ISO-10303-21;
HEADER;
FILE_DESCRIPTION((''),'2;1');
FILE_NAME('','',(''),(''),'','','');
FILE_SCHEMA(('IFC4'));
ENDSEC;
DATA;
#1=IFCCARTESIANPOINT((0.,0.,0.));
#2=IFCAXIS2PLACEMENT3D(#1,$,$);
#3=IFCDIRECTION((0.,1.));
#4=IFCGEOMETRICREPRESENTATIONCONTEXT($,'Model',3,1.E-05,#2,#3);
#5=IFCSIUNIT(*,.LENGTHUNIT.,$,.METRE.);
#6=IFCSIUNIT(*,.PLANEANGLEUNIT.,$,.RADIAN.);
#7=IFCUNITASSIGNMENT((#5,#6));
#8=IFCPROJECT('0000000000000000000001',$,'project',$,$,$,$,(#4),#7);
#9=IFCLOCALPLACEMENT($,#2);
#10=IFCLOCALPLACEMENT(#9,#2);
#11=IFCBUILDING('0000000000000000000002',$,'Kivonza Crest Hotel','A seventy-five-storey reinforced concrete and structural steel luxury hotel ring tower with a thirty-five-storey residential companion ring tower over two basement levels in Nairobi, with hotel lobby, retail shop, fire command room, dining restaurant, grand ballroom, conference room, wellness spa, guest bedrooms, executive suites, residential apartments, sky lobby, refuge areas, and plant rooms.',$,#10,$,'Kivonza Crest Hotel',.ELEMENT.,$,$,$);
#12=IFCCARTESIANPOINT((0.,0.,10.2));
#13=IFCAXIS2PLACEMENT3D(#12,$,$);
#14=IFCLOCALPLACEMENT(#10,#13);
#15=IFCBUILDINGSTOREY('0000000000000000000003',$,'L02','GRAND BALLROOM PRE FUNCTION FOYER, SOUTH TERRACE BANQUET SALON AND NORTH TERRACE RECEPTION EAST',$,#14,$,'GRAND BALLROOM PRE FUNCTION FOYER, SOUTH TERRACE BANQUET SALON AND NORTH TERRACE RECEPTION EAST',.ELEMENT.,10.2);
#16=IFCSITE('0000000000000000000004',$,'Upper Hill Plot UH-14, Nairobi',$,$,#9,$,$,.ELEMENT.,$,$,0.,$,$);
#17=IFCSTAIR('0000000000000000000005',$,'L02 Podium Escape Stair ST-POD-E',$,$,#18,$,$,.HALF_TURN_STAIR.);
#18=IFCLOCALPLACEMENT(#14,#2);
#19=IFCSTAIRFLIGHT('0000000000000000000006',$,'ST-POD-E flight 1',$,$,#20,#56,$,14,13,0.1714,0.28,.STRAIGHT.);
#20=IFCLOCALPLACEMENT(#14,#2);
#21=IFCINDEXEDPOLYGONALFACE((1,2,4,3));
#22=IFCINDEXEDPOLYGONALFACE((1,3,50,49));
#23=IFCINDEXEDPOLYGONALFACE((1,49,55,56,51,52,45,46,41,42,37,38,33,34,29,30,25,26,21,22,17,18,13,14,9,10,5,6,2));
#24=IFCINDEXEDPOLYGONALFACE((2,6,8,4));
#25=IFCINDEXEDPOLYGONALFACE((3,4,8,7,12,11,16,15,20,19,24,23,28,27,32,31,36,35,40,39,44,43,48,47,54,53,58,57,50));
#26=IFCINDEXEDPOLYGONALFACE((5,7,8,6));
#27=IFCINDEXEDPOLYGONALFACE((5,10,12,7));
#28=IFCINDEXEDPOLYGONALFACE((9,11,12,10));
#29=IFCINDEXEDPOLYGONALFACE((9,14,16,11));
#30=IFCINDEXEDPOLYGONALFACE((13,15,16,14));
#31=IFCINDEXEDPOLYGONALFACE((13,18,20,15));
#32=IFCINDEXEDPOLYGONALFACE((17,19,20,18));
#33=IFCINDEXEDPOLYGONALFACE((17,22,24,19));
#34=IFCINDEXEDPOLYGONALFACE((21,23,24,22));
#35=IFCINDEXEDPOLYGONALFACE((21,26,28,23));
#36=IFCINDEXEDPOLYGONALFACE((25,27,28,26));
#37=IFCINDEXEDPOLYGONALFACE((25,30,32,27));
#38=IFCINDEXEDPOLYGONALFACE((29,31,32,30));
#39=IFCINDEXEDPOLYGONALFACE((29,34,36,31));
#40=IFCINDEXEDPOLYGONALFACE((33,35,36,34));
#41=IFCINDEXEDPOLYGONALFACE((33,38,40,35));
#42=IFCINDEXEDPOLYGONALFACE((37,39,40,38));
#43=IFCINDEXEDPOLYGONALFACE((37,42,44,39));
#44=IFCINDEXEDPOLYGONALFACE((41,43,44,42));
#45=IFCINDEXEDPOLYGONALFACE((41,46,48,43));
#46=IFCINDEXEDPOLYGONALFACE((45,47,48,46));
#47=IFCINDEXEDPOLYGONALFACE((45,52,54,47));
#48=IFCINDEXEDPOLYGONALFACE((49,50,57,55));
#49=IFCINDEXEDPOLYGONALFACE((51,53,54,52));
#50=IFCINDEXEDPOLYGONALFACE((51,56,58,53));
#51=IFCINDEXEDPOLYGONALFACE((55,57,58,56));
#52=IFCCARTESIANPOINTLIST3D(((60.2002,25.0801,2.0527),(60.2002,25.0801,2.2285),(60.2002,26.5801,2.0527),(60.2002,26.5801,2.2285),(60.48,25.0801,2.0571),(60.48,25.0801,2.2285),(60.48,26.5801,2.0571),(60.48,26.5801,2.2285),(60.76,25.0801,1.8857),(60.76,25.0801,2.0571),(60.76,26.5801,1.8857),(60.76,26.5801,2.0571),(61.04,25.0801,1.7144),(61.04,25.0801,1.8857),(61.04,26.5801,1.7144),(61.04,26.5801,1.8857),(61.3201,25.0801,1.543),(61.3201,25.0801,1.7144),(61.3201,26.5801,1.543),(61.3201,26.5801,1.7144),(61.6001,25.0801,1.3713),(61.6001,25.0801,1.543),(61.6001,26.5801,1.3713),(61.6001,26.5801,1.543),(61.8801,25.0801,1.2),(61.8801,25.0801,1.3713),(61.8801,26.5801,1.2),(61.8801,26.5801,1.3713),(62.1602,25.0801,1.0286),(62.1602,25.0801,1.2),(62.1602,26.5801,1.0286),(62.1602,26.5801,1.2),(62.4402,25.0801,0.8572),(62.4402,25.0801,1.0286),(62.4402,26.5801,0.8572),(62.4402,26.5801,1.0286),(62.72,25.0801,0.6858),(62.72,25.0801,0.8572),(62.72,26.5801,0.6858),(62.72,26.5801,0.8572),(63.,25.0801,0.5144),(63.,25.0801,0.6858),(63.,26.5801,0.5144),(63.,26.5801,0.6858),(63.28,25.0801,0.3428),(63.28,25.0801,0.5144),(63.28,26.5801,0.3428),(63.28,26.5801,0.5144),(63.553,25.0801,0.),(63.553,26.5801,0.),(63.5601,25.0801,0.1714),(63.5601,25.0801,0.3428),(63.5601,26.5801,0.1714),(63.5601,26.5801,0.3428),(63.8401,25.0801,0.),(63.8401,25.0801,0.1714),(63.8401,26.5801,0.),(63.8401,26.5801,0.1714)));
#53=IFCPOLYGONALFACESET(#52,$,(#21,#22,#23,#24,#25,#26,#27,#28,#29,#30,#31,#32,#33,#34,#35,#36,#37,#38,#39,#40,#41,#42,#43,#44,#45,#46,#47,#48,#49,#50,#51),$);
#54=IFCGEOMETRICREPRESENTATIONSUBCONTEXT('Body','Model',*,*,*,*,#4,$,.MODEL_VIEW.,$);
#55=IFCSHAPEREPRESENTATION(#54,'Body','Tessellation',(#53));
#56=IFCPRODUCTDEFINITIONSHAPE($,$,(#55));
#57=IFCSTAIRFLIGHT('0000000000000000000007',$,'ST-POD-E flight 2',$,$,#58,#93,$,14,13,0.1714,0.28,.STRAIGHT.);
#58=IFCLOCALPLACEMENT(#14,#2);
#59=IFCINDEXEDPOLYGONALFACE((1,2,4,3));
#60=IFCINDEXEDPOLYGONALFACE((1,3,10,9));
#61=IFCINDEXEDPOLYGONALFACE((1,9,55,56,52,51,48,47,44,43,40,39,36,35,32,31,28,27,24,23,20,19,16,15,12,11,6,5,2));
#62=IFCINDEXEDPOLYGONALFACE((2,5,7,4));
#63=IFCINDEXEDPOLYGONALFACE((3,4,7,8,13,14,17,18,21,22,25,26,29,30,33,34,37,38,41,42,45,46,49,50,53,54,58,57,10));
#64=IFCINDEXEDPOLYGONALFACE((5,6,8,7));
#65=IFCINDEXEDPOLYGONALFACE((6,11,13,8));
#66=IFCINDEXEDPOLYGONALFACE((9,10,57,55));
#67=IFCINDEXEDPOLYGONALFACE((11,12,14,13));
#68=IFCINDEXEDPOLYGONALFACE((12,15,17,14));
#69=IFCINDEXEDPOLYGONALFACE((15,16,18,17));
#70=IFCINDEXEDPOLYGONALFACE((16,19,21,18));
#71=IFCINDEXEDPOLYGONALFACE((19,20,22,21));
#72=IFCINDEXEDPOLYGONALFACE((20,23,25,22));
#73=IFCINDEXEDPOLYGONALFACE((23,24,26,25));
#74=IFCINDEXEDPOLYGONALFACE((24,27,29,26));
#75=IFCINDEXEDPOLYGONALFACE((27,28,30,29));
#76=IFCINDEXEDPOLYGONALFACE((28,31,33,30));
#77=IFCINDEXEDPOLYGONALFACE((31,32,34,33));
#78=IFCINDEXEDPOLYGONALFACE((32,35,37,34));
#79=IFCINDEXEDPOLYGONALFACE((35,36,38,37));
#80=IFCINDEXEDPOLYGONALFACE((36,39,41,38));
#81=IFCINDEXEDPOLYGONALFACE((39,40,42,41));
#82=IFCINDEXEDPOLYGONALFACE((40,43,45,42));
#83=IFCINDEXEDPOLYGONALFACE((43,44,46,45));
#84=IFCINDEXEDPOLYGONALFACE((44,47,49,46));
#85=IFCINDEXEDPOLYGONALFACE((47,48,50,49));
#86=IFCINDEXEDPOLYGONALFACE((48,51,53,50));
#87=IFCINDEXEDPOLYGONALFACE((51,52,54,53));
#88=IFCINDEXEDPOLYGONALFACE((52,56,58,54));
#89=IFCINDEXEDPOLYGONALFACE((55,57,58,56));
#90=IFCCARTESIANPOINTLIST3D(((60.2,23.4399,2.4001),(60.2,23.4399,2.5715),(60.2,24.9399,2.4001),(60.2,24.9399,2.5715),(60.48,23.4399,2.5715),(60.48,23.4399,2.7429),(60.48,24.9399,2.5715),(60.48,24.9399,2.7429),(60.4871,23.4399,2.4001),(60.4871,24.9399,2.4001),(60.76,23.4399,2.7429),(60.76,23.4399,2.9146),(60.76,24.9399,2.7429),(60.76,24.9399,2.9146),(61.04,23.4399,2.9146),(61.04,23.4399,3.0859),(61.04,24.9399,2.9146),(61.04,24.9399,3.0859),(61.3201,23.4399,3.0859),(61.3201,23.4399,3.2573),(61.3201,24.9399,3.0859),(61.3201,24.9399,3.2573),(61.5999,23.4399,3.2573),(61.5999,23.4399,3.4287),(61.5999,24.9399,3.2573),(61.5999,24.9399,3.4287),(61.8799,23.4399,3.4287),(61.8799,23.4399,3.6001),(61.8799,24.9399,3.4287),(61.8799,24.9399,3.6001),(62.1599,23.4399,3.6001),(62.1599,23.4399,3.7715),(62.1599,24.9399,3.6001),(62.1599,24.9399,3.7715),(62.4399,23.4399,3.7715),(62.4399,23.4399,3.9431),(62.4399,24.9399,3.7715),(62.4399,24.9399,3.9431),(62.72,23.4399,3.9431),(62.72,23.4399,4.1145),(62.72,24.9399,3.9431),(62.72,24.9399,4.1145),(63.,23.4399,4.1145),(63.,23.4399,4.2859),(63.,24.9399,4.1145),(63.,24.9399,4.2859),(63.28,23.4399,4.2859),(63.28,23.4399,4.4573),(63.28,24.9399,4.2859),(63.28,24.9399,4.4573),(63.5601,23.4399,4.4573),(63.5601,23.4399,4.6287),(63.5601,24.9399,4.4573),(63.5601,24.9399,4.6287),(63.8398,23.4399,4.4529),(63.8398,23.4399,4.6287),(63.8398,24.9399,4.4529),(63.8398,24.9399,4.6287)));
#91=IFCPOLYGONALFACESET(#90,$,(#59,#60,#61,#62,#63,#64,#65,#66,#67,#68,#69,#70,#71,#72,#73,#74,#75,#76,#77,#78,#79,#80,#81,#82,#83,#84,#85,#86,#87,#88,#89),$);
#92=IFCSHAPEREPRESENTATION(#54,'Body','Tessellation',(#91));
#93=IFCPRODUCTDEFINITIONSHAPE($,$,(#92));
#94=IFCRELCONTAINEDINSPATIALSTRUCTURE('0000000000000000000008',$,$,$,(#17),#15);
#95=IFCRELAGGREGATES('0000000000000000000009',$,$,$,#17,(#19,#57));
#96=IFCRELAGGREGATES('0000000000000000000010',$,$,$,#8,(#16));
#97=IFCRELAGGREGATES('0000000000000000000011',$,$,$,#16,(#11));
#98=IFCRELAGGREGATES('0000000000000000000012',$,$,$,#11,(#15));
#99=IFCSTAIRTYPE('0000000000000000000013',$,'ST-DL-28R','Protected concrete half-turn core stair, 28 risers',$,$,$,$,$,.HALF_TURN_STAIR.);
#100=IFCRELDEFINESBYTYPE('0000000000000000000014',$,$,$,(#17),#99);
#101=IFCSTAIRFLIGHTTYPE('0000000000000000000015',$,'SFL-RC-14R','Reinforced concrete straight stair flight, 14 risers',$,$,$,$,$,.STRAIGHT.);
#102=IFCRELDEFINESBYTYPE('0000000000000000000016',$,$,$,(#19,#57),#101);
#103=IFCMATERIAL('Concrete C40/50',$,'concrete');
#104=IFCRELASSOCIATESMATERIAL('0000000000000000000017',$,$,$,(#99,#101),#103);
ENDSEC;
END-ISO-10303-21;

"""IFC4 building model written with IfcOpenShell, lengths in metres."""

from ifc_helpers import new_model, si_unit, direction, frame, origin, place, context, subcontext, project, spatial, polyline, outline, extrude, material, type_object, element, aggregate, save


model = new_model("IFC4")

# Units and contexts
model_context = context("Model", 3, precision=1e-05, world=origin(), true_north=direction((0.0, 1.0)))
body_context = subcontext(model_context, "Body", "Model", "MODEL_VIEW")
ifc_project = project(units=[si_unit("LENGTHUNIT", "METRE"), si_unit("PLANEANGLEUNIT", "RADIAN")], contexts=[model_context])

# Site, building, storey
site_placement = place(None, origin())
site = spatial("IfcSite", under=ifc_project, at=site_placement, Name="Upper Hill Plot UH-14, Nairobi", CompositionType="ELEMENT", RefElevation=0.0)
building_placement = place(site_placement, origin())
building = spatial("IfcBuilding", under=site, at=building_placement, Name="Kivonza Crest Hotel", Description="A seventy-five-storey reinforced concrete and structural steel luxury hotel ring tower with a thirty-five-storey residential companion ring tower over two basement levels in Nairobi, with hotel lobby, retail shop, fire command room, dining restaurant, grand ballroom, conference room, wellness spa, guest bedrooms, executive suites, residential apartments, sky lobby, refuge areas, and plant rooms.", LongName="Kivonza Crest Hotel", CompositionType="ELEMENT")
storey_placement = place(building_placement, frame((0.0, 0.0, 10.2)))
storey = spatial("IfcBuildingStorey", under=building, at=storey_placement, Name="L02", Description="GRAND BALLROOM PRE FUNCTION FOYER, SOUTH TERRACE BANQUET SALON AND NORTH TERRACE RECEPTION EAST", LongName="GRAND BALLROOM PRE FUNCTION FOYER, SOUTH TERRACE BANQUET SALON AND NORTH TERRACE RECEPTION EAST", CompositionType="ELEMENT", Elevation=10.2)

# Shared definitions
ifc_material_1 = material(Name="Concrete C40/50", Category="concrete")
stair_type = type_object("IfcStairType", Name="ST-DL-28R", Description="Protected concrete half-turn core stair, 28 risers", PredefinedType="HALF_TURN_STAIR", material=ifc_material_1)
stair_flight_type = type_object("IfcStairFlightType", Name="SFL-RC-14R", Description="Reinforced concrete straight stair flight, 14 risers", PredefinedType="STRAIGHT", material=ifc_material_1)

# Stair, stair flights
stair_1_placement = place(storey_placement, origin())
stair_1 = element("IfcStair", 1, at=stair_1_placement, inside=storey, type_object=stair_type, Name="L02 Podium Escape Stair ST-POD-E", PredefinedType="HALF_TURN_STAIR")
stair_flight_1_placement = place(storey_placement, frame((63.8401, 25.8301, 0.0), z_axis=(0.0, 0.0, 1.0), x_axis=(-1.0, 0.0, 0.0)))
stair_flight_1 = element("IfcStairFlight", 2, at=stair_flight_1_placement, type_object=stair_flight_type, Name="ST-POD-E flight 1", NumberOfRisers=14, NumberOfTreads=13, PredefinedType="STRAIGHT", RiserHeight=0.1714, TreadLength=0.28, context=body_context, shape_type="SweptSolid", body=[
    extrude(outline(polyline([(0.0, 0.0), (0.0, 0.1714), (0.28, 0.1714), (0.28, 0.3428), (0.5601, 0.3428), (0.5601, 0.5144), (0.8401, 0.5144), (0.8401, 0.6858), (1.1201, 0.6858), (1.1201, 0.8572), (1.3999, 0.8572), (1.3999, 1.0286), (1.6799, 1.0286), (1.6799, 1.2), (1.96, 1.2), (1.96, 1.3713), (2.24, 1.3713), (2.24, 1.543), (2.52, 1.543), (2.52, 1.7144), (2.8, 1.7144), (2.8, 1.8857), (3.0801, 1.8857), (3.0801, 2.0571), (3.3601, 2.0571), (3.3601, 2.2285), (3.6399, 2.2285), (3.6399, 2.3999), (3.6399, 2.0527), (0.2871, 0.0), (0.0, 0.0)])), frame((0.0, 0.75, 0.0), z_axis=(0.0, -1.0, 0.0), x_axis=(1.0, 0.0, 0.0)), (0.0, 0.0, 1.0), 1.5),
])
stair_flight_2_placement = place(storey_placement, frame((60.2, 24.1899, 2.4001), z_axis=(0.0, 0.0, 1.0), x_axis=(1.0, 0.0, 0.0)))
stair_flight_2 = element("IfcStairFlight", 3, at=stair_flight_2_placement, type_object=stair_flight_type, Name="ST-POD-E flight 2", NumberOfRisers=14, NumberOfTreads=13, PredefinedType="STRAIGHT", RiserHeight=0.1714, TreadLength=0.28, context=body_context, shape_type="SweptSolid", body=[
    extrude(outline(polyline([(0.0, 0.0), (0.0, 0.1714), (0.28, 0.1714), (0.28, 0.3428), (0.5601, 0.3428), (0.5601, 0.5144), (0.8401, 0.5144), (0.8401, 0.6858), (1.1201, 0.6858), (1.1201, 0.8572), (1.3999, 0.8572), (1.3999, 1.0286), (1.6799, 1.0286), (1.6799, 1.2), (1.96, 1.2), (1.96, 1.3713), (2.24, 1.3713), (2.24, 1.543), (2.52, 1.543), (2.52, 1.7144), (2.8, 1.7144), (2.8, 1.8857), (3.0801, 1.8857), (3.0801, 2.0571), (3.3601, 2.0571), (3.3601, 2.2285), (3.6399, 2.2285), (3.6399, 2.3999), (3.6399, 2.0527), (0.2871, 0.0), (0.0, 0.0)])), frame((0.0, 0.75, 0.0), z_axis=(0.0, -1.0, 0.0), x_axis=(1.0, 0.0, 0.0)), (0.0, 0.0, 1.0), 1.5),
])
aggregate(stair_1, [stair_flight_1, stair_flight_2])

save(model, "model.ifc")
